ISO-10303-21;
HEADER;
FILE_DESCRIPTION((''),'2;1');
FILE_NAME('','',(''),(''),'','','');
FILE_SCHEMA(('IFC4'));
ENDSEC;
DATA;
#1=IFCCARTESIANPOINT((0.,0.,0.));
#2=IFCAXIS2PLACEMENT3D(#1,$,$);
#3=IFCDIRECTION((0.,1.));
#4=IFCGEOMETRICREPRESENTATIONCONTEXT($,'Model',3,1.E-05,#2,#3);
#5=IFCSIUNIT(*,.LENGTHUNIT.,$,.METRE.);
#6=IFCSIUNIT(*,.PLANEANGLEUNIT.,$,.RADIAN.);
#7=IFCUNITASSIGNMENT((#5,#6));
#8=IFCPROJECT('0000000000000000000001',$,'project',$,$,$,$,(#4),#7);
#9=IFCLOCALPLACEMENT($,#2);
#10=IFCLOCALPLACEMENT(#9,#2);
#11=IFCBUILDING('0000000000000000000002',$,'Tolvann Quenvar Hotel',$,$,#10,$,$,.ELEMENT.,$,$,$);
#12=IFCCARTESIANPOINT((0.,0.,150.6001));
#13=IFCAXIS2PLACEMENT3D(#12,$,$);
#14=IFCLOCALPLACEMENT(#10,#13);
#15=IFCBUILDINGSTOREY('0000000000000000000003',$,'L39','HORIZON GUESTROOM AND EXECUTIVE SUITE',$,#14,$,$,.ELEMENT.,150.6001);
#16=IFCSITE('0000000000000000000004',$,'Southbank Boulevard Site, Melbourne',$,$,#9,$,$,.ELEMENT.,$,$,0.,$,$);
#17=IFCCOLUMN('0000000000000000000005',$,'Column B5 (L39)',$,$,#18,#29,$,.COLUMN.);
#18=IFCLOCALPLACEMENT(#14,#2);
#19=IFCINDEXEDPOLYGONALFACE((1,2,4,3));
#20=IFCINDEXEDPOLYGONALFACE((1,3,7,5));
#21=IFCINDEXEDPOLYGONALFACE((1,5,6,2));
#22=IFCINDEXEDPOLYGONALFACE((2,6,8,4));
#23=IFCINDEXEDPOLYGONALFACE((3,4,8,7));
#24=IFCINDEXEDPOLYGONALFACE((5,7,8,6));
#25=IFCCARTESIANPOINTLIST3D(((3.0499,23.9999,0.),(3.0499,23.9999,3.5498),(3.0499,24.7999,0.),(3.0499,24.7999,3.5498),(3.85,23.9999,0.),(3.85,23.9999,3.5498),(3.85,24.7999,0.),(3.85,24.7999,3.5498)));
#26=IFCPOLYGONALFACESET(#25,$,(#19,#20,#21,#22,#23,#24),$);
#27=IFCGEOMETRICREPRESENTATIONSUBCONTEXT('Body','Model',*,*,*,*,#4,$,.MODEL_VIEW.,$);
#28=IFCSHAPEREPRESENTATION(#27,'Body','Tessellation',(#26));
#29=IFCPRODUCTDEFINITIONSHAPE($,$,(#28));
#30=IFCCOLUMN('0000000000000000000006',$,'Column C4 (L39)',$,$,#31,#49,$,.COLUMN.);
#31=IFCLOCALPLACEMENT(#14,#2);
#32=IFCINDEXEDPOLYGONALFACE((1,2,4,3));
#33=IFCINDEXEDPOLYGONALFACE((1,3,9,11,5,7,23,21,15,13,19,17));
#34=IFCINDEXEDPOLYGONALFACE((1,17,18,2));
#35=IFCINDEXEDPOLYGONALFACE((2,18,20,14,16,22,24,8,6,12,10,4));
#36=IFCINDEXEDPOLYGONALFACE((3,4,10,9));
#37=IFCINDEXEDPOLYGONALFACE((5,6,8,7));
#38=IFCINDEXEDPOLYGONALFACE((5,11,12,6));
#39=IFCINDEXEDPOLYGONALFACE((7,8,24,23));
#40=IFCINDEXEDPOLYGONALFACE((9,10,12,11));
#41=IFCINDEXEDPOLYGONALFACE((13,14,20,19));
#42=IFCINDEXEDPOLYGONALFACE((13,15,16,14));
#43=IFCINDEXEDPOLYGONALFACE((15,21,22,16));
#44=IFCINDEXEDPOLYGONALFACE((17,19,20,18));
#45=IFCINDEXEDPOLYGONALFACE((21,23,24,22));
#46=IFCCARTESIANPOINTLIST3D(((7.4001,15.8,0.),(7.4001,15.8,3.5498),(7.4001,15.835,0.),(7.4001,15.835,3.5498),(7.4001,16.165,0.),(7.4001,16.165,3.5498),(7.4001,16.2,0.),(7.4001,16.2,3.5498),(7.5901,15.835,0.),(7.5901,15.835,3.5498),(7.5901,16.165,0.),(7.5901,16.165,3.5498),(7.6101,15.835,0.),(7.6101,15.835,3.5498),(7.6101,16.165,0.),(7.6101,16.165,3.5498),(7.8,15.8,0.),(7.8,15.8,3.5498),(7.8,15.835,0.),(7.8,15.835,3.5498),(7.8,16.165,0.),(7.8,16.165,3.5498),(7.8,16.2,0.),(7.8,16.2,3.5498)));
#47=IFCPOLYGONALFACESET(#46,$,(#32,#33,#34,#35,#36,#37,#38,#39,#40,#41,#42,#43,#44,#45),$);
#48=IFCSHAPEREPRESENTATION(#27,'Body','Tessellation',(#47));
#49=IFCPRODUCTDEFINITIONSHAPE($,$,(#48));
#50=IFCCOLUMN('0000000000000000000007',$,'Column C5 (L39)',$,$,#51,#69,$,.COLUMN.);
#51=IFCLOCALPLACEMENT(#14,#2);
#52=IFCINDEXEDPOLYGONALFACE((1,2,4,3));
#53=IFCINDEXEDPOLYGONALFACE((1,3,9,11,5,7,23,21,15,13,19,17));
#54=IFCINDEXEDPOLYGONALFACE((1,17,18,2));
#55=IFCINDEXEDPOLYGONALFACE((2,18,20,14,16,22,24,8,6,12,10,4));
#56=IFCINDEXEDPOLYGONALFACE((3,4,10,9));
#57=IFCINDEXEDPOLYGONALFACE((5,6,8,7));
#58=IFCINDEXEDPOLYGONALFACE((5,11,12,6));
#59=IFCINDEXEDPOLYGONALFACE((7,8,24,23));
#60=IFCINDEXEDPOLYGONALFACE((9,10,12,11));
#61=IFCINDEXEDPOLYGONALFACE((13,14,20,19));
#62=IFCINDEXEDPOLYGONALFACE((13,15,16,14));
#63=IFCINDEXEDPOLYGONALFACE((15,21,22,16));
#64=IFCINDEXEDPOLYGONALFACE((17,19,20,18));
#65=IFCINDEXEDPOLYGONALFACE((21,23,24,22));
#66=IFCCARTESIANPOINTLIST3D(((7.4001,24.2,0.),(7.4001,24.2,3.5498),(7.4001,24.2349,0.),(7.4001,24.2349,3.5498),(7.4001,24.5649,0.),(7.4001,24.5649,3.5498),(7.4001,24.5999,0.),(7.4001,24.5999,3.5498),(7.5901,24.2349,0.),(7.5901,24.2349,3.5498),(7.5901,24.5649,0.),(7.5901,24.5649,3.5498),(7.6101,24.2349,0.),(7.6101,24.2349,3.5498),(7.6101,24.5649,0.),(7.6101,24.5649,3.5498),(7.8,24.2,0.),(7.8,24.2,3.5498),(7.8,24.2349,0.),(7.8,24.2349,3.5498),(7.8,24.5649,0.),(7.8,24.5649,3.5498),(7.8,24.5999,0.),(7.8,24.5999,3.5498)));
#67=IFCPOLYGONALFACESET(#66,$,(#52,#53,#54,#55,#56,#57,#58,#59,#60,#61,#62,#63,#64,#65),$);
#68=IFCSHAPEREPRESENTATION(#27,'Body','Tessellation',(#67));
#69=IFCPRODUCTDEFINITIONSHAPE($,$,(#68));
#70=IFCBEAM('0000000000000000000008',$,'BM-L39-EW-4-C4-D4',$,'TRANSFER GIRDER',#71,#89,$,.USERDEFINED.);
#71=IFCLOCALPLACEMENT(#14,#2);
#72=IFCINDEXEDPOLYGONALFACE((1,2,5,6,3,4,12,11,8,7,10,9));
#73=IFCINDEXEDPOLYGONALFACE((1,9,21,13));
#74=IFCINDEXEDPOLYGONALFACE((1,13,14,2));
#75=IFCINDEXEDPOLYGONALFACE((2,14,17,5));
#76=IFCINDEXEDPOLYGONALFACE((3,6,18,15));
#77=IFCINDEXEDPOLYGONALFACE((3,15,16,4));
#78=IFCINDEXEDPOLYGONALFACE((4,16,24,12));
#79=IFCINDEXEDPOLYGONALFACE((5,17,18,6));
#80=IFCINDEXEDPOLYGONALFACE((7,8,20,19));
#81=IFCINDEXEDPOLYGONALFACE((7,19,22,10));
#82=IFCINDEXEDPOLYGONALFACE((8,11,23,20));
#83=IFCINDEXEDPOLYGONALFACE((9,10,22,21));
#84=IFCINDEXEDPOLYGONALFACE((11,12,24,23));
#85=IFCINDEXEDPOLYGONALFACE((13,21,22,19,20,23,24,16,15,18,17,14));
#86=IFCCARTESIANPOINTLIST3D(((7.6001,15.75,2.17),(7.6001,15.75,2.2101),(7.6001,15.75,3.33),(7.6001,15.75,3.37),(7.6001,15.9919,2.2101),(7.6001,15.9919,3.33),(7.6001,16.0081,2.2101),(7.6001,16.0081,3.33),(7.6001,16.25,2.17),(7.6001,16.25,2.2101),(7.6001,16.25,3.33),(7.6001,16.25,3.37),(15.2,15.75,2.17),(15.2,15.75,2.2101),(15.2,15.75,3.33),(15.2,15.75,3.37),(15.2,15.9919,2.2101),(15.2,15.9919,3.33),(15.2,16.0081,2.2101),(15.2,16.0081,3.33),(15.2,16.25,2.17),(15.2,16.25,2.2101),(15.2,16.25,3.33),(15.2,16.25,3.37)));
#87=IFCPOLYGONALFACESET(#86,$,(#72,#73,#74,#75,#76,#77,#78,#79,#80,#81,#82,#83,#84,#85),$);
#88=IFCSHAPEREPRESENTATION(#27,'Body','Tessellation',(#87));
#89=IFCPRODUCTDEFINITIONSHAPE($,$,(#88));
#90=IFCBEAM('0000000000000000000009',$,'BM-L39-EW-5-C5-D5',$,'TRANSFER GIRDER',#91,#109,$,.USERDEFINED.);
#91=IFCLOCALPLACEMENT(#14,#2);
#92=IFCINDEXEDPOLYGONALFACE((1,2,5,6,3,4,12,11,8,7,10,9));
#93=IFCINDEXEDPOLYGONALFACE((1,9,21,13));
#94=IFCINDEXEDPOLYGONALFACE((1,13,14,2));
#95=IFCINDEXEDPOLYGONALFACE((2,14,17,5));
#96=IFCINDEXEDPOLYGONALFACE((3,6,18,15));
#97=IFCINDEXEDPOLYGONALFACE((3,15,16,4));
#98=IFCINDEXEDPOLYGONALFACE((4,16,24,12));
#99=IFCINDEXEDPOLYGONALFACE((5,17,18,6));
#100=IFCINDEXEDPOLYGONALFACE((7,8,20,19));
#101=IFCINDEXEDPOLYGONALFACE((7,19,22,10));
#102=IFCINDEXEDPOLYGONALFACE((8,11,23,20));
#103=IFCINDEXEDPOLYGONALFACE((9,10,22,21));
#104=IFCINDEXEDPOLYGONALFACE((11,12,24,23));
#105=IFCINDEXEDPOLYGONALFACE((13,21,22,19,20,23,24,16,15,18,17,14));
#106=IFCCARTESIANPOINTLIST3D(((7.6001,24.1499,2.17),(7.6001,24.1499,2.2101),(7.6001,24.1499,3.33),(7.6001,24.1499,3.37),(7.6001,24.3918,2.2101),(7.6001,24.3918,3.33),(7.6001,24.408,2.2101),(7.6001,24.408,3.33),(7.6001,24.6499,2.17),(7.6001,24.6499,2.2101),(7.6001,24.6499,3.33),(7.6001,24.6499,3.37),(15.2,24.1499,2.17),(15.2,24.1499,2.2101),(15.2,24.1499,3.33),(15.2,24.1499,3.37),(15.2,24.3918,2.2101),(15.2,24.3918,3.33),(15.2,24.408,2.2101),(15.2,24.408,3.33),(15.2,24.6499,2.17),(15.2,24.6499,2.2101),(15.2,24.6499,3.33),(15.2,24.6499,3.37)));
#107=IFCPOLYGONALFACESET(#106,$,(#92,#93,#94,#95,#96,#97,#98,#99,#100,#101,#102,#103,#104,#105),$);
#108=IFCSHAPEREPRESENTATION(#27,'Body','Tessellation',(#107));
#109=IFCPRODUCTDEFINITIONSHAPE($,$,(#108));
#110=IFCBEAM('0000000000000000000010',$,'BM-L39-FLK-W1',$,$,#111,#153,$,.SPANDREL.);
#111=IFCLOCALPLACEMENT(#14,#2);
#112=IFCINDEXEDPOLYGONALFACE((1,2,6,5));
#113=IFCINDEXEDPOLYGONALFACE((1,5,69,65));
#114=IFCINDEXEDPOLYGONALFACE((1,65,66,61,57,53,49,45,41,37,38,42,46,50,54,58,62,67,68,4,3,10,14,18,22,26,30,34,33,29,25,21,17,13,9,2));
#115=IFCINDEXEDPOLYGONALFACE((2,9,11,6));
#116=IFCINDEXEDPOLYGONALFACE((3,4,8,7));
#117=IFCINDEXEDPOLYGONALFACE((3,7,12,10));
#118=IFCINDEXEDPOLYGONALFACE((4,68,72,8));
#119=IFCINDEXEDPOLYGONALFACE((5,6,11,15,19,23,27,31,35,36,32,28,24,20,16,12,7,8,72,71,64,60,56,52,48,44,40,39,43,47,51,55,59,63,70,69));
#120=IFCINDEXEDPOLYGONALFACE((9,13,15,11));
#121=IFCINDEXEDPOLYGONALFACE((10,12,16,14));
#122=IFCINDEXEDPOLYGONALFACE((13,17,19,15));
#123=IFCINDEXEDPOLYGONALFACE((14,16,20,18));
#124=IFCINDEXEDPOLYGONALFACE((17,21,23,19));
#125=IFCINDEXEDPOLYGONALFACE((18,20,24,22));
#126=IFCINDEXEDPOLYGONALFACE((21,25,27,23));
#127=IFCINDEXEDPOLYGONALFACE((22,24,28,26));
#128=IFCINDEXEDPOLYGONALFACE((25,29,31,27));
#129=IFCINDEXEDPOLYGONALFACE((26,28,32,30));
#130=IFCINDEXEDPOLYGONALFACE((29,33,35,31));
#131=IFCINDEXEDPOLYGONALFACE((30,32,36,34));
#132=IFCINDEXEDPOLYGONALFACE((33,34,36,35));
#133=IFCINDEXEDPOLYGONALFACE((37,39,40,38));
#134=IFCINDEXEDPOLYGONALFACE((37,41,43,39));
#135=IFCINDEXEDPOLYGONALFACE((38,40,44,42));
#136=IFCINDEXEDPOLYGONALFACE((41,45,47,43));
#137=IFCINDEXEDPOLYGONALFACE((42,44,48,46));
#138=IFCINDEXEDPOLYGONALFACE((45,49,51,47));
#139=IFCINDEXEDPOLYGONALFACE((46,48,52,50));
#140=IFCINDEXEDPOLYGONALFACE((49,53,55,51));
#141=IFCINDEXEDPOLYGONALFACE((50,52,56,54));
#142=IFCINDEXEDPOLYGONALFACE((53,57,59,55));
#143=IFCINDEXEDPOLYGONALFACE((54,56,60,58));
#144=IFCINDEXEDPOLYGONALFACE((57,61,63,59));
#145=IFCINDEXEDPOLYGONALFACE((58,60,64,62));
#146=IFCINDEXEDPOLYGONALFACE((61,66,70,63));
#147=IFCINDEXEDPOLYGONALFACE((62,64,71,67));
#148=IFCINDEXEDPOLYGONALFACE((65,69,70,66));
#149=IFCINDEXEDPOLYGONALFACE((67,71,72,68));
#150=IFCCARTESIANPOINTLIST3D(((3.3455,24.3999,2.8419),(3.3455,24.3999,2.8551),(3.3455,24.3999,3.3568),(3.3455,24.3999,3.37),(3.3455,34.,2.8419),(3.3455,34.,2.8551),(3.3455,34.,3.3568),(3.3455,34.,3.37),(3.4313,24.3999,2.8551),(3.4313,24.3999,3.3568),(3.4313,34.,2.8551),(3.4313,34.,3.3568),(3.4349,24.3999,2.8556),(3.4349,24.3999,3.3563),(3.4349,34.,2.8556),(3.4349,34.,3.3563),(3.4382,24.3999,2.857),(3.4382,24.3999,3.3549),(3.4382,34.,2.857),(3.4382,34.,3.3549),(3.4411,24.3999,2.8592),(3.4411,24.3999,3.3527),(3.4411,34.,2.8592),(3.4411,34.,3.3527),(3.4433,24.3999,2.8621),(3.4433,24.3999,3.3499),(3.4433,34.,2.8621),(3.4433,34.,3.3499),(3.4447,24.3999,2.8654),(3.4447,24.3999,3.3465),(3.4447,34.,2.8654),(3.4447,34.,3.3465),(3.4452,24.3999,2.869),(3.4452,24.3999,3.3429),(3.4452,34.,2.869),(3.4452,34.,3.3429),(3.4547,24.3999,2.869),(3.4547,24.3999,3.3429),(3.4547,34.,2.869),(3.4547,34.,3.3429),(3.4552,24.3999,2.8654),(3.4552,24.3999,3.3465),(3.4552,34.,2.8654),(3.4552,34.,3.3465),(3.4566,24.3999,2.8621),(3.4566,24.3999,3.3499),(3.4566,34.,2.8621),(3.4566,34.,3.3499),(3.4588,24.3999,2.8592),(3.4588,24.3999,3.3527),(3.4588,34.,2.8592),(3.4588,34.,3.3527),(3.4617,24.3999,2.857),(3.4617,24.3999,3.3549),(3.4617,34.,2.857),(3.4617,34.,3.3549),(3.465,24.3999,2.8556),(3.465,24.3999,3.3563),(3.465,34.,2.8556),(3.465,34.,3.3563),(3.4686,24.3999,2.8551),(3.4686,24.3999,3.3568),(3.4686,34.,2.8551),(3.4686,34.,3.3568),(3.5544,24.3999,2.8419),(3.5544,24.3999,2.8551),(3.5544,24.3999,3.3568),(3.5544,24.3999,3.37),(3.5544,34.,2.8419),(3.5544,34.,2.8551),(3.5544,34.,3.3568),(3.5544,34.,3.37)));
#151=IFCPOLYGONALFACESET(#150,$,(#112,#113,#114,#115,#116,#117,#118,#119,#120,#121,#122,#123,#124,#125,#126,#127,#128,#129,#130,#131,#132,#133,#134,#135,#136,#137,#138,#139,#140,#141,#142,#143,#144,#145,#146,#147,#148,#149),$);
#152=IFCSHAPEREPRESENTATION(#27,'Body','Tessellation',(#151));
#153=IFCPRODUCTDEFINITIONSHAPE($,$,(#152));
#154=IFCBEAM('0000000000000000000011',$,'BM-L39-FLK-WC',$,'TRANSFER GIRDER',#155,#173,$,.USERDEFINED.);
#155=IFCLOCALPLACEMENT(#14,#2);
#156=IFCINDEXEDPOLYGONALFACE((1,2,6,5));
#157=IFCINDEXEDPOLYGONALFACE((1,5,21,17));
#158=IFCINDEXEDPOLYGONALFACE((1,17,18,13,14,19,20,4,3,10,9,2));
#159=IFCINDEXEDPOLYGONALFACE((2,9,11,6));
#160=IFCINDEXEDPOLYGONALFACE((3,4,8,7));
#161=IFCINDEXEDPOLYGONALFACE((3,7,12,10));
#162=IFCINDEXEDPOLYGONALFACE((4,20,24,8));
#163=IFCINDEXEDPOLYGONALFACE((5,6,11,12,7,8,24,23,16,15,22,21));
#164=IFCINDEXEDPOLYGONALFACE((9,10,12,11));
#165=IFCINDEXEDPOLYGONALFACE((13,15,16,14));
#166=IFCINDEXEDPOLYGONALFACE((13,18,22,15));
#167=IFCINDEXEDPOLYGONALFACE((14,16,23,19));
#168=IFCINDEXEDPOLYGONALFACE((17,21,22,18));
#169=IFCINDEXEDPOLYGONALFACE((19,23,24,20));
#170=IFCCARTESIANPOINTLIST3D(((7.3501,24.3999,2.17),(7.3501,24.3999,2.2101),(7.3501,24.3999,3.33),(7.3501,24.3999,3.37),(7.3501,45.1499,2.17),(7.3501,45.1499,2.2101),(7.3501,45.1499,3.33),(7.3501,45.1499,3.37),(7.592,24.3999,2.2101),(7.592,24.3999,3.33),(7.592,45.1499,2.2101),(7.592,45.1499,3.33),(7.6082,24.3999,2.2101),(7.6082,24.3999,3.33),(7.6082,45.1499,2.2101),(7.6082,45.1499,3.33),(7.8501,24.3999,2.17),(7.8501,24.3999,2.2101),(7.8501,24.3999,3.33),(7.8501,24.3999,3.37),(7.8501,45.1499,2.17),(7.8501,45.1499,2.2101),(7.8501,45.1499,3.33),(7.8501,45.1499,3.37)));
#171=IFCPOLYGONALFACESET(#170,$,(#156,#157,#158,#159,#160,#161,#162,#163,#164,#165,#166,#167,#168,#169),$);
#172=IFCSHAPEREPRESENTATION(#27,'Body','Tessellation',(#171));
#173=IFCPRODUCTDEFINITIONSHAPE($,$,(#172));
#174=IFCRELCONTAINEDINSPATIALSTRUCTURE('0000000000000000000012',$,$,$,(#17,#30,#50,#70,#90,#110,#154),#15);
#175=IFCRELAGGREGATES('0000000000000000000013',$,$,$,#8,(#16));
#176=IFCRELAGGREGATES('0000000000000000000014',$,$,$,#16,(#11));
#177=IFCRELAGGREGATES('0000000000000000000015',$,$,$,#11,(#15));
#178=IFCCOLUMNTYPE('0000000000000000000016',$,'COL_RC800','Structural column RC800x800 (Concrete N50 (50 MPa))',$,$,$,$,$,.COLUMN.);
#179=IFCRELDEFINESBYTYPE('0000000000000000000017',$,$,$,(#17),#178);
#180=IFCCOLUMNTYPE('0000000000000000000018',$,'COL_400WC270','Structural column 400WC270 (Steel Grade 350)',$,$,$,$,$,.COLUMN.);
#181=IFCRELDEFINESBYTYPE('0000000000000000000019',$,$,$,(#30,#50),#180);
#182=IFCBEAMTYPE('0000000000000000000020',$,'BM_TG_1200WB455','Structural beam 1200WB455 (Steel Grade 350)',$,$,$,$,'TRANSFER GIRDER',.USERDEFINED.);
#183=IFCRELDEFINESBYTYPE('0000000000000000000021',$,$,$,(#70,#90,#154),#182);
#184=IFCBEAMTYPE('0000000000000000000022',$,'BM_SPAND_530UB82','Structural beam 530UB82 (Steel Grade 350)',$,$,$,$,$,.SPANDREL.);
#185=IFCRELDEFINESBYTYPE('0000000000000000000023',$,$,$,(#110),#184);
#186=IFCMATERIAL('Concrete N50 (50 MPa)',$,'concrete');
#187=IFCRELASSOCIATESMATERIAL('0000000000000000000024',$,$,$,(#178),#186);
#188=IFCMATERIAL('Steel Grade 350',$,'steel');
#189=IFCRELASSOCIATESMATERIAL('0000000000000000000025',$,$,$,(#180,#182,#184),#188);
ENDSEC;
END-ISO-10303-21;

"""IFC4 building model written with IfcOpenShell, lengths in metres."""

from ifc_helpers import new_model, si_unit, direction, frame, origin, origin_2d, place, context, subcontext, project, spatial, rectangle, i_section, extrude, source, transform, mapped, material, material_profile, profile_set, type_object, type_shapes, element, save


model = new_model("IFC4")

# Units and contexts
model_context = context("Model", 3, precision=1e-05, world=origin(), true_north=direction((0.0, 1.0)))
body_context = subcontext(model_context, "Body", "Model", "MODEL_VIEW")
ifc_project = project(units=[si_unit("LENGTHUNIT", "METRE"), si_unit("PLANEANGLEUNIT", "RADIAN")], contexts=[model_context])

# Site, building, storey
site_placement = place(None, origin())
site = spatial("IfcSite", under=ifc_project, at=site_placement, Name="Southbank Boulevard Site, Melbourne", CompositionType="ELEMENT", RefElevation=0.0)
building_placement = place(site_placement, origin())
building = spatial("IfcBuilding", under=site, at=building_placement, Name="Tolvann Quenvar Hotel", CompositionType="ELEMENT")
storey_placement = place(building_placement, frame((0.0, 0.0, 150.6001)))
storey = spatial("IfcBuildingStorey", under=building, at=storey_placement, Name="L39", Description="HORIZON GUESTROOM AND EXECUTIVE SUITE", CompositionType="ELEMENT", Elevation=150.6001)

# Columns
ifc_material_1 = material(Name="Concrete N50 (50 MPa)", Category="concrete")
ifc_material_profile_1 = material_profile(ifc_material_1, rectangle(XDim=0.8, YDim=0.8, at=origin_2d()), Name="RC800x800")
ifc_profile_set_1 = profile_set([ifc_material_profile_1], Name="Concrete N50 (50 MPa)")
column_type_1 = type_object("IfcColumnType", Name="COL_RC800", Description="Structural column RC800x800 (Concrete N50 (50 MPa))", PredefinedType="COLUMN", material=ifc_profile_set_1)
shared_shape_1 = source(origin(), body_context, "Body", "SweptSolid", [
    extrude(rectangle(XDim=0.8, YDim=0.8, at=origin_2d()), origin(), (0.0, 0.0, 1.0), 3.5498),
])
type_shapes(column_type_1, [shared_shape_1])
column_placement = place(storey_placement, frame((3.45, 24.3999, 0.0), z_axis=(0.0, 0.0, 1.0), x_axis=(1.0, 0.0, 0.0)))
element("IfcColumn", 1, at=column_placement, inside=storey, type_object=column_type_1, Name="Column B5 (L39)", PredefinedType="COLUMN", context=body_context, shape_type="MappedRepresentation", body=[
    mapped(shared_shape_1, transform((0.0, 0.0, 0.0), x_axis=(1.0, 0.0, 0.0), y_axis=(0.0, 1.0, 0.0), z_axis=(0.0, 0.0, 1.0), scale=1.0)),
])
ifc_material_2 = material(Name="Steel Grade 350", Category="steel")
ifc_material_profile_2 = material_profile(ifc_material_2, i_section(OverallWidth=0.3999, OverallDepth=0.3999, WebThickness=0.02, FlangeThickness=0.0349, at=origin_2d()), Name="400WC270")
ifc_profile_set_2 = profile_set([ifc_material_profile_2], Name="Steel Grade 350")
column_type_2 = type_object("IfcColumnType", Name="COL_400WC270", Description="Structural column 400WC270 (Steel Grade 350)", PredefinedType="COLUMN", material=ifc_profile_set_2)
shared_shape_2 = source(origin(), body_context, "Body", "SweptSolid", [
    extrude(i_section(OverallWidth=0.3999, OverallDepth=0.3999, WebThickness=0.02, FlangeThickness=0.0349, at=origin_2d()), origin(), (0.0, 0.0, 1.0), 3.5498),
])
type_shapes(column_type_2, [shared_shape_2])
for number, where, z_axis, x_axis, name in (
    (2, (7.6001, 16.0, 0.0), (0.0, 0.0, 1.0), (1.0, 0.0, 0.0), "Column C4 (L39)"),
    (3, (7.6001, 24.3999, 0.0), (0.0, 0.0, 1.0), (1.0, 0.0, 0.0), "Column C5 (L39)"),
):
    element("IfcColumn", number, at=place(storey_placement, frame(where, z_axis=z_axis, x_axis=x_axis)), inside=storey, type_object=column_type_2, Name=name, PredefinedType="COLUMN", context=body_context, shape_type="MappedRepresentation", body=[
        mapped(shared_shape_2, transform((0.0, 0.0, 0.0), x_axis=(1.0, 0.0, 0.0), y_axis=(0.0, 1.0, 0.0), z_axis=(0.0, 0.0, 1.0), scale=1.0)),
    ])

# Beams
ifc_material_profile_3 = material_profile(ifc_material_2, i_section(OverallWidth=0.5, OverallDepth=1.2, WebThickness=0.0161, FlangeThickness=0.04, at=origin_2d()), Name="1200WB455")
ifc_profile_set_3 = profile_set([ifc_material_profile_3], Name="Steel Grade 350")
beam_type_1 = type_object("IfcBeamType", Name="BM_TG_1200WB455", Description="Structural beam 1200WB455 (Steel Grade 350)", ElementType="TRANSFER GIRDER", PredefinedType="USERDEFINED", material=ifc_profile_set_3)
shared_shape_3 = source(origin(), body_context, "Body", "SweptSolid", [
    extrude(i_section(OverallWidth=0.5, OverallDepth=1.2, WebThickness=0.0161, FlangeThickness=0.04, at=origin_2d()), origin(), (0.0, 0.0, 1.0), 7.5999),
])
for number, where, z_axis, x_axis, name in (
    (4, (7.6001, 16.0, 2.77), (1.0, 0.0, 0.0), (0.0, 1.0, 0.0), "BM-L39-EW-4-C4-D4"),
    (5, (7.6001, 24.3999, 2.77), (1.0, 0.0, 0.0), (0.0, 1.0, 0.0), "BM-L39-EW-5-C5-D5"),
):
    element("IfcBeam", number, at=place(storey_placement, frame(where, z_axis=z_axis, x_axis=x_axis)), inside=storey, type_object=beam_type_1, Name=name, ObjectType="TRANSFER GIRDER", PredefinedType="USERDEFINED", context=body_context, shape_type="MappedRepresentation", body=[
        mapped(shared_shape_3, transform((0.0, 0.0, 0.0), x_axis=(1.0, 0.0, 0.0), y_axis=(0.0, 1.0, 0.0), z_axis=(0.0, 0.0, 1.0), scale=1.0)),
    ])
ifc_material_profile_4 = material_profile(ifc_material_2, i_section(OverallWidth=0.209, OverallDepth=0.5281, WebThickness=0.0095, FlangeThickness=0.0132, FilletRadius=0.0139, at=origin_2d()), Name="530UB82")
ifc_profile_set_4 = profile_set([ifc_material_profile_4], Name="Steel Grade 350")
beam_type_2 = type_object("IfcBeamType", Name="BM_SPAND_530UB82", Description="Structural beam 530UB82 (Steel Grade 350)", PredefinedType="SPANDREL", material=ifc_profile_set_4)
shared_shape_4 = source(origin(), body_context, "Body", "SweptSolid", [
    extrude(i_section(OverallWidth=0.209, OverallDepth=0.5281, WebThickness=0.0095, FlangeThickness=0.0132, FilletRadius=0.0139, at=origin_2d()), origin(), (0.0, 0.0, 1.0), 9.6001),
])
type_shapes(beam_type_2, [shared_shape_4])
beam_1_placement = place(storey_placement, frame((3.45, 24.3999, 3.106), z_axis=(0.0, 1.0, 0.0), x_axis=(-1.0, 0.0, 0.0)))
element("IfcBeam", 6, at=beam_1_placement, inside=storey, type_object=beam_type_2, Name="BM-L39-FLK-W1", PredefinedType="SPANDREL", context=body_context, shape_type="MappedRepresentation", body=[
    mapped(shared_shape_4, transform((0.0, 0.0, 0.0), x_axis=(1.0, 0.0, 0.0), y_axis=(0.0, 1.0, 0.0), z_axis=(0.0, 0.0, 1.0), scale=1.0)),
])
shared_shape_5 = source(origin(), body_context, "Body", "SweptSolid", [
    extrude(i_section(OverallWidth=0.5, OverallDepth=1.2, WebThickness=0.0161, FlangeThickness=0.04, at=origin_2d()), origin(), (0.0, 0.0, 1.0), 20.75),
])
beam_2_placement = place(storey_placement, frame((7.6001, 24.3999, 2.77), z_axis=(0.0, 1.0, 0.0), x_axis=(-1.0, 0.0, 0.0)))
element("IfcBeam", 7, at=beam_2_placement, inside=storey, type_object=beam_type_1, Name="BM-L39-FLK-WC", ObjectType="TRANSFER GIRDER", PredefinedType="USERDEFINED", context=body_context, shape_type="MappedRepresentation", body=[
    mapped(shared_shape_5, transform((0.0, 0.0, 0.0), x_axis=(1.0, 0.0, 0.0), y_axis=(0.0, 1.0, 0.0), z_axis=(0.0, 0.0, 1.0), scale=1.0)),
])

save(model, "model.ifc")
